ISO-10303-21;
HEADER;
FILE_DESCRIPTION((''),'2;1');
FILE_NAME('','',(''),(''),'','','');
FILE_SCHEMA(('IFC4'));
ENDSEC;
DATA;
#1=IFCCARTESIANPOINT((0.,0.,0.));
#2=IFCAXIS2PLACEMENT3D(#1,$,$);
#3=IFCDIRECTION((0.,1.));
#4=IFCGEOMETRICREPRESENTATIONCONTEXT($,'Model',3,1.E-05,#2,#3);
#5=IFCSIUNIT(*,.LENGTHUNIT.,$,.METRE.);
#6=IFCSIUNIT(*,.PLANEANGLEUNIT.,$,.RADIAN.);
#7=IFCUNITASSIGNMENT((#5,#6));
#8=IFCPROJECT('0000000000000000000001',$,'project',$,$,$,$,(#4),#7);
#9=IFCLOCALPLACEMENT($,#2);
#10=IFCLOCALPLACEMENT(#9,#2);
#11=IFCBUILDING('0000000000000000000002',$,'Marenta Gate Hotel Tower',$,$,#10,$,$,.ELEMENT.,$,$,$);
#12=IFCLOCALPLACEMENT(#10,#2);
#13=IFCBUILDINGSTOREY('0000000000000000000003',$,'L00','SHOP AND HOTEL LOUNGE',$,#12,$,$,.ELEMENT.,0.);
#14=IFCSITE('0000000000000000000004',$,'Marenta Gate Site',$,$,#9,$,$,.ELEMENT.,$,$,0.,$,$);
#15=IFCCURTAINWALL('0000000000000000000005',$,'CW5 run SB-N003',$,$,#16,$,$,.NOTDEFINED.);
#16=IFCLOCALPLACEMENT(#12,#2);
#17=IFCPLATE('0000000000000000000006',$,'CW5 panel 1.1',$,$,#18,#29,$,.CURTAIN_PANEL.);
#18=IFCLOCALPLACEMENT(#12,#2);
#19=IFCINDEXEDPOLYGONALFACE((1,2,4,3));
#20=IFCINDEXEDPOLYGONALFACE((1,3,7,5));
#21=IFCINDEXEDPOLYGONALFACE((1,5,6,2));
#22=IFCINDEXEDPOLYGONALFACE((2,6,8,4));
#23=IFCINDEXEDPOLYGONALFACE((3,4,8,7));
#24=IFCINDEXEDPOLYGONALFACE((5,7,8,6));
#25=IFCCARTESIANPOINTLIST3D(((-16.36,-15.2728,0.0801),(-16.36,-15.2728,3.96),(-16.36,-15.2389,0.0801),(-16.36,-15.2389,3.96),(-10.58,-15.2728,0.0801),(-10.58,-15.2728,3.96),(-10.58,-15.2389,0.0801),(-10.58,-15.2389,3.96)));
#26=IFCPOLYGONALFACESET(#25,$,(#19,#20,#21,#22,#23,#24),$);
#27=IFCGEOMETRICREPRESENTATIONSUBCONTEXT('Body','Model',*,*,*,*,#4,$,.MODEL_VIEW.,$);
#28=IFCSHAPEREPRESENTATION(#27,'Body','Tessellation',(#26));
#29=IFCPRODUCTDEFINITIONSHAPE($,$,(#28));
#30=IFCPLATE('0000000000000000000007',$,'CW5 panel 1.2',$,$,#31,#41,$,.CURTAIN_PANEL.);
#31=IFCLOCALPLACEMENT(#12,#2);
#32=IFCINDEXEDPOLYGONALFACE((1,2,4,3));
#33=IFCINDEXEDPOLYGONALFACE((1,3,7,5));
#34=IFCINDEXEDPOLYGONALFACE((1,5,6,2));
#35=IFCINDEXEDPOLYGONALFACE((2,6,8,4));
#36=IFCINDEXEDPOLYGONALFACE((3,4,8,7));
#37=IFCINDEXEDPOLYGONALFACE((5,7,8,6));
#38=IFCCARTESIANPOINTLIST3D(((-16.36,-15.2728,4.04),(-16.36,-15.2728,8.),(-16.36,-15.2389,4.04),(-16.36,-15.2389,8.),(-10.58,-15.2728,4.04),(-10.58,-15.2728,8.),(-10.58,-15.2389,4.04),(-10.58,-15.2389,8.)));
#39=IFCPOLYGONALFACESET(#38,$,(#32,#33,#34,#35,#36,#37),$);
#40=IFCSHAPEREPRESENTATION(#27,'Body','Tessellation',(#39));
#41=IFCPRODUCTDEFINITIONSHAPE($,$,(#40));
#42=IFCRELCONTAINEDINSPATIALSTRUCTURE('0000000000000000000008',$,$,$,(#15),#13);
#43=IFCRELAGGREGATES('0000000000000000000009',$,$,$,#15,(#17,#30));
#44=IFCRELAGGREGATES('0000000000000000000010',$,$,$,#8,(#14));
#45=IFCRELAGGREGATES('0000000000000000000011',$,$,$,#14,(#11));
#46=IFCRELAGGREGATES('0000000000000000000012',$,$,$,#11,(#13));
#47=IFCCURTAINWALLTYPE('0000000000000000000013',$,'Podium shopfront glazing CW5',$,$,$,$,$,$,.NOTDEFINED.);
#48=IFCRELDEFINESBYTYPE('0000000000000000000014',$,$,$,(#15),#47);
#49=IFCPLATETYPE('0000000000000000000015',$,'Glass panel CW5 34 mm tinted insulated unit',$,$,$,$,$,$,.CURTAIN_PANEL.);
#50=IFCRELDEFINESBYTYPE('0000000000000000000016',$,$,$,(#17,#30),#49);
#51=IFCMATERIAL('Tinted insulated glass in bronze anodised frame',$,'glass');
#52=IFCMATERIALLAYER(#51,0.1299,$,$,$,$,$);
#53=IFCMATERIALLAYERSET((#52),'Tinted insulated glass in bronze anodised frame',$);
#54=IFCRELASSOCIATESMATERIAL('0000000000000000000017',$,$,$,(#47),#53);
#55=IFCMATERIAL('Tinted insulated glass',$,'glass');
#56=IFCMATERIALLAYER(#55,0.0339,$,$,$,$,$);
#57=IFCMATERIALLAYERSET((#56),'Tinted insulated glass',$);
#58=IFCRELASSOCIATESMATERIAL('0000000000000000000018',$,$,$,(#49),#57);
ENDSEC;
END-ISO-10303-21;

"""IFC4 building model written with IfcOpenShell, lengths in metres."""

from ifc_helpers import new_model, si_unit, direction, frame, origin, origin_2d, place, context, subcontext, project, spatial, rectangle, extrude, material, layer, layer_set, type_object, element, aggregate, save


model = new_model("IFC4")

# Units and contexts
model_context = context("Model", 3, precision=1e-05, world=origin(), true_north=direction((0.0, 1.0)))
body_context = subcontext(model_context, "Body", "Model", "MODEL_VIEW")
ifc_project = project(units=[si_unit("LENGTHUNIT", "METRE"), si_unit("PLANEANGLEUNIT", "RADIAN")], contexts=[model_context])

# Site, building, storey
site_placement = place(None, origin())
site = spatial("IfcSite", under=ifc_project, at=site_placement, Name="Marenta Gate Site", CompositionType="ELEMENT", RefElevation=0.0)
building_placement = place(site_placement, origin())
building = spatial("IfcBuilding", under=site, at=building_placement, Name="Marenta Gate Hotel Tower", CompositionType="ELEMENT")
storey_placement = place(building_placement, origin())
storey = spatial("IfcBuildingStorey", under=building, at=storey_placement, Name="L00", Description="SHOP AND HOTEL LOUNGE", CompositionType="ELEMENT", Elevation=0.0)

# Curtain wall
ifc_material_1 = material(Name="Tinted insulated glass in bronze anodised frame", Category="glass")
ifc_layer_1 = layer(ifc_material_1, 0.1299)
ifc_layer_set_1 = layer_set([ifc_layer_1], Name="Tinted insulated glass in bronze anodised frame")
curtain_wall_type = type_object("IfcCurtainWallType", Name="Podium shopfront glazing CW5", PredefinedType="NOTDEFINED", material=ifc_layer_set_1)
curtain_wall_1_placement = place(storey_placement, origin())
curtain_wall_1 = element("IfcCurtainWall", 1, at=curtain_wall_1_placement, inside=storey, type_object=curtain_wall_type, Name="CW5 run SB-N003", PredefinedType="NOTDEFINED")

# Plates
ifc_material_2 = material(Name="Tinted insulated glass", Category="glass")
ifc_layer_2 = layer(ifc_material_2, 0.0339)
ifc_layer_set_2 = layer_set([ifc_layer_2], Name="Tinted insulated glass")
plate_type = type_object("IfcPlateType", Name="Glass panel CW5 34 mm tinted insulated unit", PredefinedType="CURTAIN_PANEL", material=ifc_layer_set_2)
plate_1_placement = place(storey_placement, frame((-13.47, -15.2559, 0.0801), z_axis=(0.0, 0.0, 1.0), x_axis=(-1.0, 0.0, 0.0)))
plate_1 = element("IfcPlate", 2, at=plate_1_placement, type_object=plate_type, Name="CW5 panel 1.1", PredefinedType="CURTAIN_PANEL", context=body_context, shape_type="SweptSolid", body=[
    extrude(rectangle(XDim=5.78, YDim=0.0339, at=origin_2d()), origin(), (0.0, 0.0, 1.0), 3.8799),
])
plate_2_placement = place(storey_placement, frame((-13.47, -15.2559, 4.04), z_axis=(0.0, 0.0, 1.0), x_axis=(-1.0, 0.0, 0.0)))
plate_2 = element("IfcPlate", 3, at=plate_2_placement, type_object=plate_type, Name="CW5 panel 1.2", PredefinedType="CURTAIN_PANEL", context=body_context, shape_type="SweptSolid", body=[
    extrude(rectangle(XDim=5.78, YDim=0.0339, at=origin_2d()), origin(), (0.0, 0.0, 1.0), 3.96),
])
aggregate(curtain_wall_1, [plate_1, plate_2])

save(model, "model.ifc")
